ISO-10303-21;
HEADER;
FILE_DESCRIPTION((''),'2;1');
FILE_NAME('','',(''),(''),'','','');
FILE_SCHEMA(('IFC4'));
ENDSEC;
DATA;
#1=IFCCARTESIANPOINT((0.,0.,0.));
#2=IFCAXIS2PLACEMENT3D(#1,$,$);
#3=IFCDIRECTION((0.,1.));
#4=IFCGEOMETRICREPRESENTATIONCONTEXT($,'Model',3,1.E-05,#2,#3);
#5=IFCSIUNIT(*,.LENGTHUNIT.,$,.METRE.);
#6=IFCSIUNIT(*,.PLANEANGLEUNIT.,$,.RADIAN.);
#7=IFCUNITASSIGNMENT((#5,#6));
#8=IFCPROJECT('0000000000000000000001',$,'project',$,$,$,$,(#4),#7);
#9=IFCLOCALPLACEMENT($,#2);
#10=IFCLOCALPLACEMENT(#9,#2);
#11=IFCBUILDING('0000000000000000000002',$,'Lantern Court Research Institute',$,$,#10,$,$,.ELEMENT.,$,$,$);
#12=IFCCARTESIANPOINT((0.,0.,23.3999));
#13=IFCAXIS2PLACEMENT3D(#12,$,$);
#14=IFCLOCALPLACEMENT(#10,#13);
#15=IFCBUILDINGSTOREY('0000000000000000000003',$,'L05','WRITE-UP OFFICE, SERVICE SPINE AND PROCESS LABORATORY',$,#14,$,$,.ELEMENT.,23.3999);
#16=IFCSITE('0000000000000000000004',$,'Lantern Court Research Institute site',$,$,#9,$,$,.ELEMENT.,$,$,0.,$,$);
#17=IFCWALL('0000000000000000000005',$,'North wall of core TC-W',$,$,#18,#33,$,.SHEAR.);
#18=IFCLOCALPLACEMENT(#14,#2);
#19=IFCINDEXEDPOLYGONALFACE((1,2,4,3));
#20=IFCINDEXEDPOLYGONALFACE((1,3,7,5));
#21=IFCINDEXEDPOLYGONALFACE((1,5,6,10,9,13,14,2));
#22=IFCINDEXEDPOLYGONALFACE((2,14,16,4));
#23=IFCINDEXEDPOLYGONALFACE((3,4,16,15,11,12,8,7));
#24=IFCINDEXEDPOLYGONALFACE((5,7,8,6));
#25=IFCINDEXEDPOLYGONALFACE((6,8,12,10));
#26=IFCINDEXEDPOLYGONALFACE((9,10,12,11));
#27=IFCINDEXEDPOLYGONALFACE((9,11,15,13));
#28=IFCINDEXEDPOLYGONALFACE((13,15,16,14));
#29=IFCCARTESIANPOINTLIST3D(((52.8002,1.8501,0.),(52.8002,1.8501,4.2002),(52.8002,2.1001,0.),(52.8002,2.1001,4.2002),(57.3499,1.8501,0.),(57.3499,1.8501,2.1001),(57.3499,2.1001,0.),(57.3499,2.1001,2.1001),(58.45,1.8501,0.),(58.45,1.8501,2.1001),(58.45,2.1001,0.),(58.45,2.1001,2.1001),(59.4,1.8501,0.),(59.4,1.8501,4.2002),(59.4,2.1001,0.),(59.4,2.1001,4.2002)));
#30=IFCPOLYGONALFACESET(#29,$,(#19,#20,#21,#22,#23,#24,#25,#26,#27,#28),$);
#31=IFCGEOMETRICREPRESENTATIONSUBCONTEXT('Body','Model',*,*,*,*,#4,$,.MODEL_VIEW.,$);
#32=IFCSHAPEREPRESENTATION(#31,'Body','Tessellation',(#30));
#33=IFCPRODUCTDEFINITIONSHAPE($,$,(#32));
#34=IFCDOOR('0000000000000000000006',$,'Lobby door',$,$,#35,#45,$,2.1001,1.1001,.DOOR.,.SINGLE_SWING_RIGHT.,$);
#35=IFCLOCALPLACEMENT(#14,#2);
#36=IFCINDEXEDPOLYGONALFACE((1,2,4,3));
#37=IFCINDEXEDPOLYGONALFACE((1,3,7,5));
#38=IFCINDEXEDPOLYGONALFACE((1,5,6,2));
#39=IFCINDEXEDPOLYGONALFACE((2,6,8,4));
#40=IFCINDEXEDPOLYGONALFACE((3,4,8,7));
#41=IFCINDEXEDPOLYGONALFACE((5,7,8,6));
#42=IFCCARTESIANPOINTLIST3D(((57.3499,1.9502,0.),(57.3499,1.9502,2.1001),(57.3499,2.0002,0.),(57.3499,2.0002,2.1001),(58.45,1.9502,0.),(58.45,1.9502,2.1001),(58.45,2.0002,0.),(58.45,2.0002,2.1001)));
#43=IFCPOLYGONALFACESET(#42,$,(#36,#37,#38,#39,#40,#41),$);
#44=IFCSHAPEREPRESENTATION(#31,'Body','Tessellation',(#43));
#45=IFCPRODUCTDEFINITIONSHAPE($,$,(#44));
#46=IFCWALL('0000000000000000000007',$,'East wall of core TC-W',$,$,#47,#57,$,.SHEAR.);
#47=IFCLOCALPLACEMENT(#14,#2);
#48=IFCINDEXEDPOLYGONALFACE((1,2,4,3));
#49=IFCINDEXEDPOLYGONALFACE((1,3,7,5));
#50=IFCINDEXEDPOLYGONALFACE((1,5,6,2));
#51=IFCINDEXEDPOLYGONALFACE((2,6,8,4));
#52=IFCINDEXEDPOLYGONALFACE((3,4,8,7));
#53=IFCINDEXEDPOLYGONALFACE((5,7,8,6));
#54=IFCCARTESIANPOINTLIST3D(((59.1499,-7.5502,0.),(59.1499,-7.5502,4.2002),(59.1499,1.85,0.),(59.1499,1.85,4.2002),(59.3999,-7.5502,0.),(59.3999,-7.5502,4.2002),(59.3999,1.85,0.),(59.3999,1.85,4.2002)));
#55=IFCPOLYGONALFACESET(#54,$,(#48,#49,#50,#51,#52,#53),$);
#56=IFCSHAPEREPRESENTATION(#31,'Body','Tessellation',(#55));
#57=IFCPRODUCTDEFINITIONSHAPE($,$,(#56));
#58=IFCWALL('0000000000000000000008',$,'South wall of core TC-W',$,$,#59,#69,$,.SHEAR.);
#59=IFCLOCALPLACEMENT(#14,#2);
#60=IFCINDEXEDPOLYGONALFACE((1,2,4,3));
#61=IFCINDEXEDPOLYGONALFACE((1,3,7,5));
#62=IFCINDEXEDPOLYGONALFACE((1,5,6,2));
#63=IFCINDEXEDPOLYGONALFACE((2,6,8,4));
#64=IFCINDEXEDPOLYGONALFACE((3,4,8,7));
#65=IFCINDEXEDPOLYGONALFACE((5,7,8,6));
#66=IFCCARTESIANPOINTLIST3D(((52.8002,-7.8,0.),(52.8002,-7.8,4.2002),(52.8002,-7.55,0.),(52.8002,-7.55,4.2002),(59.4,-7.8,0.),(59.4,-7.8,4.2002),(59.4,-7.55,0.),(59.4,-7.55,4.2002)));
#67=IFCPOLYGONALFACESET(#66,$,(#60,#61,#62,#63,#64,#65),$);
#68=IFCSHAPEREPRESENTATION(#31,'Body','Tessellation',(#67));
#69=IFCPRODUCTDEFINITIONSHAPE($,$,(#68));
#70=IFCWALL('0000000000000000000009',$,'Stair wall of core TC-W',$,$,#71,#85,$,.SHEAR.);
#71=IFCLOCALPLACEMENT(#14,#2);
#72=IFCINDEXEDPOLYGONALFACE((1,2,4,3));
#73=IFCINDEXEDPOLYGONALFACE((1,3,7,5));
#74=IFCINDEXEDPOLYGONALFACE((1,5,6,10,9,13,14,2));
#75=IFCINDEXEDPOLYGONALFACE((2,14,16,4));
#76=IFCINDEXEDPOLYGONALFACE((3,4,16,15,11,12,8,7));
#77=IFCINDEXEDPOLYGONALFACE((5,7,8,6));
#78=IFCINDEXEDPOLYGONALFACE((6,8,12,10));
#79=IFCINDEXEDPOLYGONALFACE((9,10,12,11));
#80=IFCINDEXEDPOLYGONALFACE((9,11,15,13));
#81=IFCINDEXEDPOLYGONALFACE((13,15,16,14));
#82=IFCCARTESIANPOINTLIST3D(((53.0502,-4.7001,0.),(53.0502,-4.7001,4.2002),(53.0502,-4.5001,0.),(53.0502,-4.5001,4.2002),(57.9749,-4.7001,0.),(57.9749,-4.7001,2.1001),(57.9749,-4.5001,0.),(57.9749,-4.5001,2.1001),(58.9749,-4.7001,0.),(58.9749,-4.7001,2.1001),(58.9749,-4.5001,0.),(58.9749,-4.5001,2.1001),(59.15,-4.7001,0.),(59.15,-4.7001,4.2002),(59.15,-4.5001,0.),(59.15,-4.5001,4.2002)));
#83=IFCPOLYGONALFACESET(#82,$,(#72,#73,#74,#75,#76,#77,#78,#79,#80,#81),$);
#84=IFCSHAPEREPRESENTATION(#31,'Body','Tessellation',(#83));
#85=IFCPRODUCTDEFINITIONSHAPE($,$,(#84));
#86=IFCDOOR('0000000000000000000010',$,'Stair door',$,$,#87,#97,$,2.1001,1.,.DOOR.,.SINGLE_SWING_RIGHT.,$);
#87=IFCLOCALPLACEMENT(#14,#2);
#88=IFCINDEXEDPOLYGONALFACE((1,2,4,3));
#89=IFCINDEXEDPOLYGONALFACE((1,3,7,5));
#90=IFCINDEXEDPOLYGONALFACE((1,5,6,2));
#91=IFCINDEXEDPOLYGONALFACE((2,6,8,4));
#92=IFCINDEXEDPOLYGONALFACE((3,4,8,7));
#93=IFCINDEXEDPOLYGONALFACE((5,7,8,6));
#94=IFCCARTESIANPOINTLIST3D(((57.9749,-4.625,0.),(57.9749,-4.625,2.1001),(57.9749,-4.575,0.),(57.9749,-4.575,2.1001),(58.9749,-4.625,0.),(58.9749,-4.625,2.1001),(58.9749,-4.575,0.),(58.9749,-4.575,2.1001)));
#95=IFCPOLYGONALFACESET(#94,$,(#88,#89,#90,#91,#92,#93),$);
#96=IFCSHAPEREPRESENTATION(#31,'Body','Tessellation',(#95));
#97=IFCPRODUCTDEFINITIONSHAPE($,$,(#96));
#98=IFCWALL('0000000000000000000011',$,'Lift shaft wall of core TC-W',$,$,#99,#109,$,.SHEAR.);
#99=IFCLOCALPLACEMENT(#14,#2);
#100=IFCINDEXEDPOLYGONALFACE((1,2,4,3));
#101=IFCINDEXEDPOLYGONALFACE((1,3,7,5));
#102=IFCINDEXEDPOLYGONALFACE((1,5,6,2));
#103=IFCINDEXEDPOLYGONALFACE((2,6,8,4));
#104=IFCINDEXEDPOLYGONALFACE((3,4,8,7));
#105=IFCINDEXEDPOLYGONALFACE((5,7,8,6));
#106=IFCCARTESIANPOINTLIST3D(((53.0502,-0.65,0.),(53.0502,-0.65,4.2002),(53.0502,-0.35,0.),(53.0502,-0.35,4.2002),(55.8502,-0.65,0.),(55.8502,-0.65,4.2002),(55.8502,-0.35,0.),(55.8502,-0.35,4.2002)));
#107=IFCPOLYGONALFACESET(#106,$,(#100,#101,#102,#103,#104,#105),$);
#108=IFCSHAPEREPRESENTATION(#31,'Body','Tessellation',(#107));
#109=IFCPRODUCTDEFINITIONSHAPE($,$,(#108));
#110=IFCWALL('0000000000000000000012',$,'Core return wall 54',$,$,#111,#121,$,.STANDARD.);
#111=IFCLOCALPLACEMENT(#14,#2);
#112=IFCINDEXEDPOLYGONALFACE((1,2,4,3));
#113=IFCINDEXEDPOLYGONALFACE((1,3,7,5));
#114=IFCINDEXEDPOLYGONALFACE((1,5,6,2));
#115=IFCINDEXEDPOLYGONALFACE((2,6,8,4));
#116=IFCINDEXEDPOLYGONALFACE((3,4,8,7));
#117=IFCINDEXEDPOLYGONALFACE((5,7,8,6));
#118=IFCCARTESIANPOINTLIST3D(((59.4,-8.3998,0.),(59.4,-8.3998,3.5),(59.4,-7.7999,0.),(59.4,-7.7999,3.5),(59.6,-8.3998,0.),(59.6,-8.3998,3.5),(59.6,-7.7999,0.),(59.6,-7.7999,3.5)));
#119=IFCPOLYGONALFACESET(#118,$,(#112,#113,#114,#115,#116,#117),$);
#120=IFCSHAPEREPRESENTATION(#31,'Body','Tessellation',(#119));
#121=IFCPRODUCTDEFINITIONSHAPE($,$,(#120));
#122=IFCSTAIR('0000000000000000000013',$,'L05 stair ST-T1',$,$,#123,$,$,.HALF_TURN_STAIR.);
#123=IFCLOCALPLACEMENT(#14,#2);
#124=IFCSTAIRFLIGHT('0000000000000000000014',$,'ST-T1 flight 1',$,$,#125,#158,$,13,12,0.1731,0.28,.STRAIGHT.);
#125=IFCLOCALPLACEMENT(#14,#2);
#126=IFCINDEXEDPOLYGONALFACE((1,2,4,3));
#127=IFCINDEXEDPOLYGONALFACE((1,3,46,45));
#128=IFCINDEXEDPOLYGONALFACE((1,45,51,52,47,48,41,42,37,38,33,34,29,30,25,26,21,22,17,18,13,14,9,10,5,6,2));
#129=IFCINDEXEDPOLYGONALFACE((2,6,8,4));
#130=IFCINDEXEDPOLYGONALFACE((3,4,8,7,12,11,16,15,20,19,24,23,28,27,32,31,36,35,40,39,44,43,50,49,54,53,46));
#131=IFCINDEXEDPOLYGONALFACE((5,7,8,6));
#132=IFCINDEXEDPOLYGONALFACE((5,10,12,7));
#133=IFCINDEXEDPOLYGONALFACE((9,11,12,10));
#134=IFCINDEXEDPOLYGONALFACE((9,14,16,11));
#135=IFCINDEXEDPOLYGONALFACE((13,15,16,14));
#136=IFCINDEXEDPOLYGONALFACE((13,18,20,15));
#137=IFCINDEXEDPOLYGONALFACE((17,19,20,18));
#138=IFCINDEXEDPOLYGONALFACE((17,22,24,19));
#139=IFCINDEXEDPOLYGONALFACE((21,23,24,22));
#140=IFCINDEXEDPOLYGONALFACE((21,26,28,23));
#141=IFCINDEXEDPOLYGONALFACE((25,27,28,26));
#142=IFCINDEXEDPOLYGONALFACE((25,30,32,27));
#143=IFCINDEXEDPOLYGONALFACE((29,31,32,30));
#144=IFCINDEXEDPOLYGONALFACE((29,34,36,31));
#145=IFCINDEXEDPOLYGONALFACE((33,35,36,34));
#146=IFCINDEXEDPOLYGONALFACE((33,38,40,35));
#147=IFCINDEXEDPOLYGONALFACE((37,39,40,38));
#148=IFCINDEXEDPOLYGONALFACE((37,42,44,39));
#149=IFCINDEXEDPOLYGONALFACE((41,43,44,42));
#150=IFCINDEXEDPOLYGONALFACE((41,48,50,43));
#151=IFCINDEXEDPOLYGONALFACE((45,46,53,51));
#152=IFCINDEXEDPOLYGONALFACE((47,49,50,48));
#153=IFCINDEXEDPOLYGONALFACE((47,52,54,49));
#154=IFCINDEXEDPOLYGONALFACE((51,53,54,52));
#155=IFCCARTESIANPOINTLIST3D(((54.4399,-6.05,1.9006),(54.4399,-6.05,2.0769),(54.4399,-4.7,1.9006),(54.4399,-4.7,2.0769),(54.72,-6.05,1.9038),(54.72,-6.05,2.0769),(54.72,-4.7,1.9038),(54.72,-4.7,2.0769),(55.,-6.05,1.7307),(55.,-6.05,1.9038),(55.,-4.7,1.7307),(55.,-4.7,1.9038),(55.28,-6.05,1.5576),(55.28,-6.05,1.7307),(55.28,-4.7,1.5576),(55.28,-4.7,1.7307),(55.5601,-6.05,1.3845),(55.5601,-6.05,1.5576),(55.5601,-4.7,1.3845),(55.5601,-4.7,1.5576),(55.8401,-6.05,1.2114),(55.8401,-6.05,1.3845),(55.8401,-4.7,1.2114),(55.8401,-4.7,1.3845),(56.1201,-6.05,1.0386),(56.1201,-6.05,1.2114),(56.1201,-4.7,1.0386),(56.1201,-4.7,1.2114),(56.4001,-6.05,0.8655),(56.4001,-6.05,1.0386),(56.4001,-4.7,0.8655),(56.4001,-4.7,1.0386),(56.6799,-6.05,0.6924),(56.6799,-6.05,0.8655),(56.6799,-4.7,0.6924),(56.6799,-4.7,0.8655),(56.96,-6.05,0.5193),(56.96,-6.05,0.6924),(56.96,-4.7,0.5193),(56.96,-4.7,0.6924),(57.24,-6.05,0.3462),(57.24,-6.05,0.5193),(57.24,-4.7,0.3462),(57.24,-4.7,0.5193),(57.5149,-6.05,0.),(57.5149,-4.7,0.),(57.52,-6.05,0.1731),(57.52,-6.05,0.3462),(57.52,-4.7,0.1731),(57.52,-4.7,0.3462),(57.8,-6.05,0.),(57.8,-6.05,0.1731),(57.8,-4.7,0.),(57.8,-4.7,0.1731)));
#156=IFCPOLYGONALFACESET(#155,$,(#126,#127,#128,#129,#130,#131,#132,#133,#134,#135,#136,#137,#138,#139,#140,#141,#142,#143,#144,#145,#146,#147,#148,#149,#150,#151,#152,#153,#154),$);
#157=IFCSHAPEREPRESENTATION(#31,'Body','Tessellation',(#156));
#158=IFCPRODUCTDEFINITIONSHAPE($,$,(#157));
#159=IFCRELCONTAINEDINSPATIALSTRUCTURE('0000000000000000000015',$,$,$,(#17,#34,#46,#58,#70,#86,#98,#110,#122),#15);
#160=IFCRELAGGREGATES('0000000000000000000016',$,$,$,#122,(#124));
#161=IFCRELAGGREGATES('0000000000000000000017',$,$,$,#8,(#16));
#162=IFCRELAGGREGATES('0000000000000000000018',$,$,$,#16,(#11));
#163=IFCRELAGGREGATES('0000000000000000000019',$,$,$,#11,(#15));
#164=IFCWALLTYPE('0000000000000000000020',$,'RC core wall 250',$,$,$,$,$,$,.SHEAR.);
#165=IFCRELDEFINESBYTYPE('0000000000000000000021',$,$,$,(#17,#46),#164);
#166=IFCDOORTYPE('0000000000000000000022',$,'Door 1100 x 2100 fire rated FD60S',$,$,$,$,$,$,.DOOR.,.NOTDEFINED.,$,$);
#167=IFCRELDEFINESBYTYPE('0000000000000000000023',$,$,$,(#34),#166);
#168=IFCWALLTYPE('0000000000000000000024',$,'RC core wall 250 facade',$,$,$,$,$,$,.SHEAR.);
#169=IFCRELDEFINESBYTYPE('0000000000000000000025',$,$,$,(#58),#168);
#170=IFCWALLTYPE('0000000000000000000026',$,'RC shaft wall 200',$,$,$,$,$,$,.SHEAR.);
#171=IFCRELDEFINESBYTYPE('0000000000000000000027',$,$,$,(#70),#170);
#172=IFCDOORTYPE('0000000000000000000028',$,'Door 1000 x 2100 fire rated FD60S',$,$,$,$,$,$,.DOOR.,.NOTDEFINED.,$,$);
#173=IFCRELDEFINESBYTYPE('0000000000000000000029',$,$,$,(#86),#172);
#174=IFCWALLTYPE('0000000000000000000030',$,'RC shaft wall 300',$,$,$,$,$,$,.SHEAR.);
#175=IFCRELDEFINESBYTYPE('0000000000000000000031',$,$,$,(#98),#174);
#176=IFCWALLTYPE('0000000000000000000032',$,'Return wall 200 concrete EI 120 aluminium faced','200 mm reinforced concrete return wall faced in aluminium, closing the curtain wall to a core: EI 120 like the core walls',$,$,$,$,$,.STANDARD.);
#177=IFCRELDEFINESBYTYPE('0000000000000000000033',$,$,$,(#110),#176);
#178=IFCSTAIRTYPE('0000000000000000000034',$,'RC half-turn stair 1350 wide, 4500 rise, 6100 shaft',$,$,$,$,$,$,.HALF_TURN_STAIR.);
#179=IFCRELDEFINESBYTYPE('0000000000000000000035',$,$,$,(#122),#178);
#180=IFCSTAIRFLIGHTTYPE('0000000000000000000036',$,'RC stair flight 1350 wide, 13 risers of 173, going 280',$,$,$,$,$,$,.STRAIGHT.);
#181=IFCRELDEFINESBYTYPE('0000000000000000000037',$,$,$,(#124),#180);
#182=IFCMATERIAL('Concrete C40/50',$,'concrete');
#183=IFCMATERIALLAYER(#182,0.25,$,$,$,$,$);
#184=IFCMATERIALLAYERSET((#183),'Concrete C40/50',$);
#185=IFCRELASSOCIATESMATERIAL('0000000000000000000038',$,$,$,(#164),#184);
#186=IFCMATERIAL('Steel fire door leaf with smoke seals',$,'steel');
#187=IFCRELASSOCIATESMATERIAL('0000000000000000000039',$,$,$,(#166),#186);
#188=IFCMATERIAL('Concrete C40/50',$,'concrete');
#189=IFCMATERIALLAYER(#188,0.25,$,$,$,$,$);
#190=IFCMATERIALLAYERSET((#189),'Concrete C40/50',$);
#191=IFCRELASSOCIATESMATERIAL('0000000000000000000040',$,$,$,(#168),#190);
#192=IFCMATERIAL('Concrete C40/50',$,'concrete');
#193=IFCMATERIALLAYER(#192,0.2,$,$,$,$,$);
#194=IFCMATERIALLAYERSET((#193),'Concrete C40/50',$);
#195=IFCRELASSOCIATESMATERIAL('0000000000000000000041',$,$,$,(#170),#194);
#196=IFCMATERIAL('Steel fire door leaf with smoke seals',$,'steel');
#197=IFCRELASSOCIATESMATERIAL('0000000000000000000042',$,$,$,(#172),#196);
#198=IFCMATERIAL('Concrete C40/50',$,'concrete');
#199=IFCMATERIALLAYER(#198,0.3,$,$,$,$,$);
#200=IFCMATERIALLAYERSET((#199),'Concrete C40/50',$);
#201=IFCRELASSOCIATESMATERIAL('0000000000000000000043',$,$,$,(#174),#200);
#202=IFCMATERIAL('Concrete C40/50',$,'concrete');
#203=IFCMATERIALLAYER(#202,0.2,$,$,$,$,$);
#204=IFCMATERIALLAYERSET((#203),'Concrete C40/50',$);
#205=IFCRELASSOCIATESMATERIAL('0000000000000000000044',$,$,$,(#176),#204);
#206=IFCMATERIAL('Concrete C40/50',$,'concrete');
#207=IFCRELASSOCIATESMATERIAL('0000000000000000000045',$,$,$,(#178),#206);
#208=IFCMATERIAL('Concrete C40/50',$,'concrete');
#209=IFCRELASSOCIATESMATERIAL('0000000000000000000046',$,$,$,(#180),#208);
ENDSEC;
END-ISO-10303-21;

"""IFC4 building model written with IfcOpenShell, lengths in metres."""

from ifc_helpers import new_model, si_unit, direction, frame, frame_2d, origin, place, context, subcontext, project, spatial, polyline, rectangle, outline, extrude, material, layer, layer_set, type_object, element, fill, aggregate, save


model = new_model("IFC4")

# Units and contexts
model_context = context("Model", 3, precision=1e-05, world=origin(), true_north=direction((0.0, 1.0)))
body_context = subcontext(model_context, "Body", "Model", "MODEL_VIEW")
ifc_project = project(units=[si_unit("LENGTHUNIT", "METRE"), si_unit("PLANEANGLEUNIT", "RADIAN")], contexts=[model_context])

# Site, building, storey
site_placement = place(None, origin())
site = spatial("IfcSite", under=ifc_project, at=site_placement, Name="Lantern Court Research Institute site", CompositionType="ELEMENT", RefElevation=0.0)
building_placement = place(site_placement, origin())
building = spatial("IfcBuilding", under=site, at=building_placement, Name="Lantern Court Research Institute", CompositionType="ELEMENT")
storey_placement = place(building_placement, frame((0.0, 0.0, 23.3999)))
storey = spatial("IfcBuildingStorey", under=building, at=storey_placement, Name="L05", Description="WRITE-UP OFFICE, SERVICE SPINE AND PROCESS LABORATORY", CompositionType="ELEMENT", Elevation=23.3999)

# Wall, opening, door
ifc_material_1 = material(Name="Concrete C40/50", Category="concrete")
ifc_layer_1 = layer(ifc_material_1, 0.25)
ifc_layer_set_1 = layer_set([ifc_layer_1], Name="Concrete C40/50")
wall_type_1 = type_object("IfcWallType", Name="RC core wall 250", PredefinedType="SHEAR", material=ifc_layer_set_1)
wall_1_placement = place(storey_placement, frame((59.3999, 1.9751, 0.0), z_axis=(0.0, 0.0, 1.0), x_axis=(-1.0, 0.0, 0.0)))
wall_1 = element("IfcWall", 1, at=wall_1_placement, inside=storey, type_object=wall_type_1, Name="North wall of core TC-W", PredefinedType="SHEAR", context=body_context, shape_type="SweptSolid", body=[
    extrude(rectangle(XDim=6.5999, YDim=0.25, at=frame_2d((3.2998, 0.0))), origin(), (0.0, 0.0, 1.0), 4.2002),
])
opening_1_placement = place(wall_1_placement, frame((0.95, 0.0, 0.0)))
opening_1 = element("IfcOpeningElement", 2, at=opening_1_placement, cuts=wall_1, PredefinedType="OPENING", context=body_context, shape_type="SweptSolid", body=[
    extrude(rectangle(XDim=1.1001, YDim=2.1001, at=frame_2d((0.55, 1.05))), frame((0.0, 0.135, 0.0), z_axis=(0.0, -1.0, 0.0), x_axis=(1.0, 0.0, 0.0)), (0.0, 0.0, 1.0), 0.27),
])
ifc_material_2 = material(Name="Steel fire door leaf with smoke seals", Category="steel")
door_type_1 = type_object("IfcDoorType", Name="Door 1100 x 2100 fire rated FD60S", OperationType="NOTDEFINED", PredefinedType="DOOR", material=ifc_material_2)
door_1_placement = place(opening_1_placement, origin())
door_1 = element("IfcDoor", 3, at=door_1_placement, inside=storey, type_object=door_type_1, Name="Lobby door", OperationType="SINGLE_SWING_RIGHT", OverallHeight=2.1001, OverallWidth=1.1001, PredefinedType="DOOR", context=body_context, shape_type="SweptSolid", body=[
    extrude(rectangle(XDim=1.1001, YDim=2.1001, at=frame_2d((0.55, 1.05))), frame((0.0, 0.0249, 0.0), z_axis=(0.0, -1.0, 0.0), x_axis=(1.0, 0.0, 0.0)), (0.0, 0.0, 1.0), 0.05),
])
fill(opening_1, door_1)

# Walls
wall_2_placement = place(storey_placement, frame((59.2749, 1.8501, 0.0), z_axis=(0.0, 0.0, 1.0), x_axis=(0.0, -1.0, 0.0)))
element("IfcWall", 4, at=wall_2_placement, inside=storey, type_object=wall_type_1, Name="East wall of core TC-W", PredefinedType="SHEAR", context=body_context, shape_type="SweptSolid", body=[
    extrude(rectangle(XDim=9.4001, YDim=0.25, at=frame_2d((4.7002, 0.0))), origin(), (0.0, 0.0, 1.0), 4.2002),
])
ifc_material_3 = material(Name="Concrete C40/50", Category="concrete")
ifc_layer_2 = layer(ifc_material_3, 0.25)
ifc_layer_set_2 = layer_set([ifc_layer_2], Name="Concrete C40/50")
wall_type_2 = type_object("IfcWallType", Name="RC core wall 250 facade", PredefinedType="SHEAR", material=ifc_layer_set_2)
wall_3_placement = place(storey_placement, frame((59.3999, -7.675, 0.0), z_axis=(0.0, 0.0, 1.0), x_axis=(-1.0, 0.0, 0.0)))
element("IfcWall", 5, at=wall_3_placement, inside=storey, type_object=wall_type_2, Name="South wall of core TC-W", PredefinedType="SHEAR", context=body_context, shape_type="SweptSolid", body=[
    extrude(rectangle(XDim=6.5999, YDim=0.25, at=frame_2d((3.2998, 0.0))), origin(), (0.0, 0.0, 1.0), 4.2002),
])

# Wall, opening, door
ifc_material_4 = material(Name="Concrete C40/50", Category="concrete")
ifc_layer_3 = layer(ifc_material_4, 0.2)
ifc_layer_set_3 = layer_set([ifc_layer_3], Name="Concrete C40/50")
wall_type_3 = type_object("IfcWallType", Name="RC shaft wall 200", PredefinedType="SHEAR", material=ifc_layer_set_3)
wall_4_placement = place(storey_placement, frame((59.1499, -4.6001, 0.0), z_axis=(0.0, 0.0, 1.0), x_axis=(-1.0, 0.0, 0.0)))
wall_4 = element("IfcWall", 6, at=wall_4_placement, inside=storey, type_object=wall_type_3, Name="Stair wall of core TC-W", PredefinedType="SHEAR", context=body_context, shape_type="SweptSolid", body=[
    extrude(rectangle(XDim=6.0999, YDim=0.2, at=frame_2d((3.0498, 0.0))), origin(), (0.0, 0.0, 1.0), 4.2002),
])
opening_2_placement = place(wall_4_placement, frame((0.175, 0.0, 0.0)))
opening_2 = element("IfcOpeningElement", 7, at=opening_2_placement, cuts=wall_4, PredefinedType="OPENING", context=body_context, shape_type="SweptSolid", body=[
    extrude(rectangle(XDim=1.0, YDim=2.1001, at=frame_2d((0.5, 1.05))), frame((0.0, 0.1099, 0.0), z_axis=(0.0, -1.0, 0.0), x_axis=(1.0, 0.0, 0.0)), (0.0, 0.0, 1.0), 0.22),
])
ifc_material_5 = material(Name="Steel fire door leaf with smoke seals", Category="steel")
door_type_2 = type_object("IfcDoorType", Name="Door 1000 x 2100 fire rated FD60S", OperationType="NOTDEFINED", PredefinedType="DOOR", material=ifc_material_5)
door_2_placement = place(opening_2_placement, origin())
door_2 = element("IfcDoor", 8, at=door_2_placement, inside=storey, type_object=door_type_2, Name="Stair door", OperationType="SINGLE_SWING_RIGHT", OverallHeight=2.1001, OverallWidth=1.0, PredefinedType="DOOR", context=body_context, shape_type="SweptSolid", body=[
    extrude(rectangle(XDim=1.0, YDim=2.1001, at=frame_2d((0.5, 1.05))), frame((0.0, 0.0249, 0.0), z_axis=(0.0, -1.0, 0.0), x_axis=(1.0, 0.0, 0.0)), (0.0, 0.0, 1.0), 0.05),
])
fill(opening_2, door_2)

# Shared definitions
ifc_material_6 = material(Name="Concrete C40/50", Category="concrete")
ifc_layer_4 = layer(ifc_material_6, 0.3)
ifc_layer_set_4 = layer_set([ifc_layer_4], Name="Concrete C40/50")
wall_type_4 = type_object("IfcWallType", Name="RC shaft wall 300", PredefinedType="SHEAR", material=ifc_layer_set_4)

# Walls
wall_5_placement = place(storey_placement, frame((55.8501, -0.5, 0.0), z_axis=(0.0, 0.0, 1.0), x_axis=(-1.0, 0.0, 0.0)))
element("IfcWall", 9, at=wall_5_placement, inside=storey, type_object=wall_type_4, Name="Lift shaft wall of core TC-W", PredefinedType="SHEAR", context=body_context, shape_type="SweptSolid", body=[
    extrude(rectangle(XDim=2.8, YDim=0.3, at=frame_2d((1.3999, 0.0))), origin(), (0.0, 0.0, 1.0), 4.2002),
])
ifc_material_7 = material(Name="Concrete C40/50", Category="concrete")
ifc_layer_5 = layer(ifc_material_7, 0.2)
ifc_layer_set_5 = layer_set([ifc_layer_5], Name="Concrete C40/50")
wall_type_5 = type_object("IfcWallType", Name="Return wall 200 concrete EI 120 aluminium faced", Description="200 mm reinforced concrete return wall faced in aluminium, closing the curtain wall to a core: EI 120 like the core walls", PredefinedType="STANDARD", material=ifc_layer_set_5)
wall_6_placement = place(storey_placement, frame((59.5, -7.8, 0.0), z_axis=(0.0, 0.0, 1.0), x_axis=(0.0, -1.0, 0.0)))
element("IfcWall", 10, at=wall_6_placement, inside=storey, type_object=wall_type_5, Name="Core return wall 54", PredefinedType="STANDARD", context=body_context, shape_type="SweptSolid", body=[
    extrude(rectangle(XDim=0.5999, YDim=0.2, at=frame_2d((0.2998, 0.0))), origin(), (0.0, 0.0, 1.0), 3.5),
])

# Stair, stair flight
ifc_material_8 = material(Name="Concrete C40/50", Category="concrete")
stair_type = type_object("IfcStairType", Name="RC half-turn stair 1350 wide, 4500 rise, 6100 shaft", PredefinedType="HALF_TURN_STAIR", material=ifc_material_8)
stair_placement = place(storey_placement, origin())
stair = element("IfcStair", 11, at=stair_placement, inside=storey, type_object=stair_type, Name="L05 stair ST-T1", PredefinedType="HALF_TURN_STAIR")
ifc_material_9 = material(Name="Concrete C40/50", Category="concrete")
stair_flight_type = type_object("IfcStairFlightType", Name="RC stair flight 1350 wide, 13 risers of 173, going 280", PredefinedType="STRAIGHT", material=ifc_material_9)
stair_flight_placement = place(storey_placement, frame((57.8, -5.375, 0.0), z_axis=(0.0, 0.0, 1.0), x_axis=(-1.0, 0.0, 0.0)))
stair_flight = element("IfcStairFlight", 12, at=stair_flight_placement, type_object=stair_flight_type, Name="ST-T1 flight 1", NumberOfRisers=13, NumberOfTreads=12, PredefinedType="STRAIGHT", RiserHeight=0.1731, TreadLength=0.28, context=body_context, shape_type="SweptSolid", body=[
    extrude(outline(polyline([(0.0, 0.0), (0.0, 0.1731), (0.28, 0.1731), (0.28, 0.3462), (0.5601, 0.3462), (0.5601, 0.5193), (0.8401, 0.5193), (0.8401, 0.6924), (1.1201, 0.6924), (1.1201, 0.8655), (1.3999, 0.8655), (1.3999, 1.0386), (1.6799, 1.0386), (1.6799, 1.2114), (1.96, 1.2114), (1.96, 1.3845), (2.24, 1.3845), (2.24, 1.5576), (2.52, 1.5576), (2.52, 1.7307), (2.8, 1.7307), (2.8, 1.9038), (3.0801, 1.9038), (3.0801, 2.0769), (3.3601, 2.0769), (3.3601, 2.25), (3.3601, 1.9006), (0.2852, 0.0), (0.0, 0.0)])), frame((0.0, 0.675, 0.0), z_axis=(0.0, -1.0, 0.0), x_axis=(1.0, 0.0, 0.0)), (0.0, 0.0, 1.0), 1.3501),
])
aggregate(stair, [stair_flight])

save(model, "model.ifc")
